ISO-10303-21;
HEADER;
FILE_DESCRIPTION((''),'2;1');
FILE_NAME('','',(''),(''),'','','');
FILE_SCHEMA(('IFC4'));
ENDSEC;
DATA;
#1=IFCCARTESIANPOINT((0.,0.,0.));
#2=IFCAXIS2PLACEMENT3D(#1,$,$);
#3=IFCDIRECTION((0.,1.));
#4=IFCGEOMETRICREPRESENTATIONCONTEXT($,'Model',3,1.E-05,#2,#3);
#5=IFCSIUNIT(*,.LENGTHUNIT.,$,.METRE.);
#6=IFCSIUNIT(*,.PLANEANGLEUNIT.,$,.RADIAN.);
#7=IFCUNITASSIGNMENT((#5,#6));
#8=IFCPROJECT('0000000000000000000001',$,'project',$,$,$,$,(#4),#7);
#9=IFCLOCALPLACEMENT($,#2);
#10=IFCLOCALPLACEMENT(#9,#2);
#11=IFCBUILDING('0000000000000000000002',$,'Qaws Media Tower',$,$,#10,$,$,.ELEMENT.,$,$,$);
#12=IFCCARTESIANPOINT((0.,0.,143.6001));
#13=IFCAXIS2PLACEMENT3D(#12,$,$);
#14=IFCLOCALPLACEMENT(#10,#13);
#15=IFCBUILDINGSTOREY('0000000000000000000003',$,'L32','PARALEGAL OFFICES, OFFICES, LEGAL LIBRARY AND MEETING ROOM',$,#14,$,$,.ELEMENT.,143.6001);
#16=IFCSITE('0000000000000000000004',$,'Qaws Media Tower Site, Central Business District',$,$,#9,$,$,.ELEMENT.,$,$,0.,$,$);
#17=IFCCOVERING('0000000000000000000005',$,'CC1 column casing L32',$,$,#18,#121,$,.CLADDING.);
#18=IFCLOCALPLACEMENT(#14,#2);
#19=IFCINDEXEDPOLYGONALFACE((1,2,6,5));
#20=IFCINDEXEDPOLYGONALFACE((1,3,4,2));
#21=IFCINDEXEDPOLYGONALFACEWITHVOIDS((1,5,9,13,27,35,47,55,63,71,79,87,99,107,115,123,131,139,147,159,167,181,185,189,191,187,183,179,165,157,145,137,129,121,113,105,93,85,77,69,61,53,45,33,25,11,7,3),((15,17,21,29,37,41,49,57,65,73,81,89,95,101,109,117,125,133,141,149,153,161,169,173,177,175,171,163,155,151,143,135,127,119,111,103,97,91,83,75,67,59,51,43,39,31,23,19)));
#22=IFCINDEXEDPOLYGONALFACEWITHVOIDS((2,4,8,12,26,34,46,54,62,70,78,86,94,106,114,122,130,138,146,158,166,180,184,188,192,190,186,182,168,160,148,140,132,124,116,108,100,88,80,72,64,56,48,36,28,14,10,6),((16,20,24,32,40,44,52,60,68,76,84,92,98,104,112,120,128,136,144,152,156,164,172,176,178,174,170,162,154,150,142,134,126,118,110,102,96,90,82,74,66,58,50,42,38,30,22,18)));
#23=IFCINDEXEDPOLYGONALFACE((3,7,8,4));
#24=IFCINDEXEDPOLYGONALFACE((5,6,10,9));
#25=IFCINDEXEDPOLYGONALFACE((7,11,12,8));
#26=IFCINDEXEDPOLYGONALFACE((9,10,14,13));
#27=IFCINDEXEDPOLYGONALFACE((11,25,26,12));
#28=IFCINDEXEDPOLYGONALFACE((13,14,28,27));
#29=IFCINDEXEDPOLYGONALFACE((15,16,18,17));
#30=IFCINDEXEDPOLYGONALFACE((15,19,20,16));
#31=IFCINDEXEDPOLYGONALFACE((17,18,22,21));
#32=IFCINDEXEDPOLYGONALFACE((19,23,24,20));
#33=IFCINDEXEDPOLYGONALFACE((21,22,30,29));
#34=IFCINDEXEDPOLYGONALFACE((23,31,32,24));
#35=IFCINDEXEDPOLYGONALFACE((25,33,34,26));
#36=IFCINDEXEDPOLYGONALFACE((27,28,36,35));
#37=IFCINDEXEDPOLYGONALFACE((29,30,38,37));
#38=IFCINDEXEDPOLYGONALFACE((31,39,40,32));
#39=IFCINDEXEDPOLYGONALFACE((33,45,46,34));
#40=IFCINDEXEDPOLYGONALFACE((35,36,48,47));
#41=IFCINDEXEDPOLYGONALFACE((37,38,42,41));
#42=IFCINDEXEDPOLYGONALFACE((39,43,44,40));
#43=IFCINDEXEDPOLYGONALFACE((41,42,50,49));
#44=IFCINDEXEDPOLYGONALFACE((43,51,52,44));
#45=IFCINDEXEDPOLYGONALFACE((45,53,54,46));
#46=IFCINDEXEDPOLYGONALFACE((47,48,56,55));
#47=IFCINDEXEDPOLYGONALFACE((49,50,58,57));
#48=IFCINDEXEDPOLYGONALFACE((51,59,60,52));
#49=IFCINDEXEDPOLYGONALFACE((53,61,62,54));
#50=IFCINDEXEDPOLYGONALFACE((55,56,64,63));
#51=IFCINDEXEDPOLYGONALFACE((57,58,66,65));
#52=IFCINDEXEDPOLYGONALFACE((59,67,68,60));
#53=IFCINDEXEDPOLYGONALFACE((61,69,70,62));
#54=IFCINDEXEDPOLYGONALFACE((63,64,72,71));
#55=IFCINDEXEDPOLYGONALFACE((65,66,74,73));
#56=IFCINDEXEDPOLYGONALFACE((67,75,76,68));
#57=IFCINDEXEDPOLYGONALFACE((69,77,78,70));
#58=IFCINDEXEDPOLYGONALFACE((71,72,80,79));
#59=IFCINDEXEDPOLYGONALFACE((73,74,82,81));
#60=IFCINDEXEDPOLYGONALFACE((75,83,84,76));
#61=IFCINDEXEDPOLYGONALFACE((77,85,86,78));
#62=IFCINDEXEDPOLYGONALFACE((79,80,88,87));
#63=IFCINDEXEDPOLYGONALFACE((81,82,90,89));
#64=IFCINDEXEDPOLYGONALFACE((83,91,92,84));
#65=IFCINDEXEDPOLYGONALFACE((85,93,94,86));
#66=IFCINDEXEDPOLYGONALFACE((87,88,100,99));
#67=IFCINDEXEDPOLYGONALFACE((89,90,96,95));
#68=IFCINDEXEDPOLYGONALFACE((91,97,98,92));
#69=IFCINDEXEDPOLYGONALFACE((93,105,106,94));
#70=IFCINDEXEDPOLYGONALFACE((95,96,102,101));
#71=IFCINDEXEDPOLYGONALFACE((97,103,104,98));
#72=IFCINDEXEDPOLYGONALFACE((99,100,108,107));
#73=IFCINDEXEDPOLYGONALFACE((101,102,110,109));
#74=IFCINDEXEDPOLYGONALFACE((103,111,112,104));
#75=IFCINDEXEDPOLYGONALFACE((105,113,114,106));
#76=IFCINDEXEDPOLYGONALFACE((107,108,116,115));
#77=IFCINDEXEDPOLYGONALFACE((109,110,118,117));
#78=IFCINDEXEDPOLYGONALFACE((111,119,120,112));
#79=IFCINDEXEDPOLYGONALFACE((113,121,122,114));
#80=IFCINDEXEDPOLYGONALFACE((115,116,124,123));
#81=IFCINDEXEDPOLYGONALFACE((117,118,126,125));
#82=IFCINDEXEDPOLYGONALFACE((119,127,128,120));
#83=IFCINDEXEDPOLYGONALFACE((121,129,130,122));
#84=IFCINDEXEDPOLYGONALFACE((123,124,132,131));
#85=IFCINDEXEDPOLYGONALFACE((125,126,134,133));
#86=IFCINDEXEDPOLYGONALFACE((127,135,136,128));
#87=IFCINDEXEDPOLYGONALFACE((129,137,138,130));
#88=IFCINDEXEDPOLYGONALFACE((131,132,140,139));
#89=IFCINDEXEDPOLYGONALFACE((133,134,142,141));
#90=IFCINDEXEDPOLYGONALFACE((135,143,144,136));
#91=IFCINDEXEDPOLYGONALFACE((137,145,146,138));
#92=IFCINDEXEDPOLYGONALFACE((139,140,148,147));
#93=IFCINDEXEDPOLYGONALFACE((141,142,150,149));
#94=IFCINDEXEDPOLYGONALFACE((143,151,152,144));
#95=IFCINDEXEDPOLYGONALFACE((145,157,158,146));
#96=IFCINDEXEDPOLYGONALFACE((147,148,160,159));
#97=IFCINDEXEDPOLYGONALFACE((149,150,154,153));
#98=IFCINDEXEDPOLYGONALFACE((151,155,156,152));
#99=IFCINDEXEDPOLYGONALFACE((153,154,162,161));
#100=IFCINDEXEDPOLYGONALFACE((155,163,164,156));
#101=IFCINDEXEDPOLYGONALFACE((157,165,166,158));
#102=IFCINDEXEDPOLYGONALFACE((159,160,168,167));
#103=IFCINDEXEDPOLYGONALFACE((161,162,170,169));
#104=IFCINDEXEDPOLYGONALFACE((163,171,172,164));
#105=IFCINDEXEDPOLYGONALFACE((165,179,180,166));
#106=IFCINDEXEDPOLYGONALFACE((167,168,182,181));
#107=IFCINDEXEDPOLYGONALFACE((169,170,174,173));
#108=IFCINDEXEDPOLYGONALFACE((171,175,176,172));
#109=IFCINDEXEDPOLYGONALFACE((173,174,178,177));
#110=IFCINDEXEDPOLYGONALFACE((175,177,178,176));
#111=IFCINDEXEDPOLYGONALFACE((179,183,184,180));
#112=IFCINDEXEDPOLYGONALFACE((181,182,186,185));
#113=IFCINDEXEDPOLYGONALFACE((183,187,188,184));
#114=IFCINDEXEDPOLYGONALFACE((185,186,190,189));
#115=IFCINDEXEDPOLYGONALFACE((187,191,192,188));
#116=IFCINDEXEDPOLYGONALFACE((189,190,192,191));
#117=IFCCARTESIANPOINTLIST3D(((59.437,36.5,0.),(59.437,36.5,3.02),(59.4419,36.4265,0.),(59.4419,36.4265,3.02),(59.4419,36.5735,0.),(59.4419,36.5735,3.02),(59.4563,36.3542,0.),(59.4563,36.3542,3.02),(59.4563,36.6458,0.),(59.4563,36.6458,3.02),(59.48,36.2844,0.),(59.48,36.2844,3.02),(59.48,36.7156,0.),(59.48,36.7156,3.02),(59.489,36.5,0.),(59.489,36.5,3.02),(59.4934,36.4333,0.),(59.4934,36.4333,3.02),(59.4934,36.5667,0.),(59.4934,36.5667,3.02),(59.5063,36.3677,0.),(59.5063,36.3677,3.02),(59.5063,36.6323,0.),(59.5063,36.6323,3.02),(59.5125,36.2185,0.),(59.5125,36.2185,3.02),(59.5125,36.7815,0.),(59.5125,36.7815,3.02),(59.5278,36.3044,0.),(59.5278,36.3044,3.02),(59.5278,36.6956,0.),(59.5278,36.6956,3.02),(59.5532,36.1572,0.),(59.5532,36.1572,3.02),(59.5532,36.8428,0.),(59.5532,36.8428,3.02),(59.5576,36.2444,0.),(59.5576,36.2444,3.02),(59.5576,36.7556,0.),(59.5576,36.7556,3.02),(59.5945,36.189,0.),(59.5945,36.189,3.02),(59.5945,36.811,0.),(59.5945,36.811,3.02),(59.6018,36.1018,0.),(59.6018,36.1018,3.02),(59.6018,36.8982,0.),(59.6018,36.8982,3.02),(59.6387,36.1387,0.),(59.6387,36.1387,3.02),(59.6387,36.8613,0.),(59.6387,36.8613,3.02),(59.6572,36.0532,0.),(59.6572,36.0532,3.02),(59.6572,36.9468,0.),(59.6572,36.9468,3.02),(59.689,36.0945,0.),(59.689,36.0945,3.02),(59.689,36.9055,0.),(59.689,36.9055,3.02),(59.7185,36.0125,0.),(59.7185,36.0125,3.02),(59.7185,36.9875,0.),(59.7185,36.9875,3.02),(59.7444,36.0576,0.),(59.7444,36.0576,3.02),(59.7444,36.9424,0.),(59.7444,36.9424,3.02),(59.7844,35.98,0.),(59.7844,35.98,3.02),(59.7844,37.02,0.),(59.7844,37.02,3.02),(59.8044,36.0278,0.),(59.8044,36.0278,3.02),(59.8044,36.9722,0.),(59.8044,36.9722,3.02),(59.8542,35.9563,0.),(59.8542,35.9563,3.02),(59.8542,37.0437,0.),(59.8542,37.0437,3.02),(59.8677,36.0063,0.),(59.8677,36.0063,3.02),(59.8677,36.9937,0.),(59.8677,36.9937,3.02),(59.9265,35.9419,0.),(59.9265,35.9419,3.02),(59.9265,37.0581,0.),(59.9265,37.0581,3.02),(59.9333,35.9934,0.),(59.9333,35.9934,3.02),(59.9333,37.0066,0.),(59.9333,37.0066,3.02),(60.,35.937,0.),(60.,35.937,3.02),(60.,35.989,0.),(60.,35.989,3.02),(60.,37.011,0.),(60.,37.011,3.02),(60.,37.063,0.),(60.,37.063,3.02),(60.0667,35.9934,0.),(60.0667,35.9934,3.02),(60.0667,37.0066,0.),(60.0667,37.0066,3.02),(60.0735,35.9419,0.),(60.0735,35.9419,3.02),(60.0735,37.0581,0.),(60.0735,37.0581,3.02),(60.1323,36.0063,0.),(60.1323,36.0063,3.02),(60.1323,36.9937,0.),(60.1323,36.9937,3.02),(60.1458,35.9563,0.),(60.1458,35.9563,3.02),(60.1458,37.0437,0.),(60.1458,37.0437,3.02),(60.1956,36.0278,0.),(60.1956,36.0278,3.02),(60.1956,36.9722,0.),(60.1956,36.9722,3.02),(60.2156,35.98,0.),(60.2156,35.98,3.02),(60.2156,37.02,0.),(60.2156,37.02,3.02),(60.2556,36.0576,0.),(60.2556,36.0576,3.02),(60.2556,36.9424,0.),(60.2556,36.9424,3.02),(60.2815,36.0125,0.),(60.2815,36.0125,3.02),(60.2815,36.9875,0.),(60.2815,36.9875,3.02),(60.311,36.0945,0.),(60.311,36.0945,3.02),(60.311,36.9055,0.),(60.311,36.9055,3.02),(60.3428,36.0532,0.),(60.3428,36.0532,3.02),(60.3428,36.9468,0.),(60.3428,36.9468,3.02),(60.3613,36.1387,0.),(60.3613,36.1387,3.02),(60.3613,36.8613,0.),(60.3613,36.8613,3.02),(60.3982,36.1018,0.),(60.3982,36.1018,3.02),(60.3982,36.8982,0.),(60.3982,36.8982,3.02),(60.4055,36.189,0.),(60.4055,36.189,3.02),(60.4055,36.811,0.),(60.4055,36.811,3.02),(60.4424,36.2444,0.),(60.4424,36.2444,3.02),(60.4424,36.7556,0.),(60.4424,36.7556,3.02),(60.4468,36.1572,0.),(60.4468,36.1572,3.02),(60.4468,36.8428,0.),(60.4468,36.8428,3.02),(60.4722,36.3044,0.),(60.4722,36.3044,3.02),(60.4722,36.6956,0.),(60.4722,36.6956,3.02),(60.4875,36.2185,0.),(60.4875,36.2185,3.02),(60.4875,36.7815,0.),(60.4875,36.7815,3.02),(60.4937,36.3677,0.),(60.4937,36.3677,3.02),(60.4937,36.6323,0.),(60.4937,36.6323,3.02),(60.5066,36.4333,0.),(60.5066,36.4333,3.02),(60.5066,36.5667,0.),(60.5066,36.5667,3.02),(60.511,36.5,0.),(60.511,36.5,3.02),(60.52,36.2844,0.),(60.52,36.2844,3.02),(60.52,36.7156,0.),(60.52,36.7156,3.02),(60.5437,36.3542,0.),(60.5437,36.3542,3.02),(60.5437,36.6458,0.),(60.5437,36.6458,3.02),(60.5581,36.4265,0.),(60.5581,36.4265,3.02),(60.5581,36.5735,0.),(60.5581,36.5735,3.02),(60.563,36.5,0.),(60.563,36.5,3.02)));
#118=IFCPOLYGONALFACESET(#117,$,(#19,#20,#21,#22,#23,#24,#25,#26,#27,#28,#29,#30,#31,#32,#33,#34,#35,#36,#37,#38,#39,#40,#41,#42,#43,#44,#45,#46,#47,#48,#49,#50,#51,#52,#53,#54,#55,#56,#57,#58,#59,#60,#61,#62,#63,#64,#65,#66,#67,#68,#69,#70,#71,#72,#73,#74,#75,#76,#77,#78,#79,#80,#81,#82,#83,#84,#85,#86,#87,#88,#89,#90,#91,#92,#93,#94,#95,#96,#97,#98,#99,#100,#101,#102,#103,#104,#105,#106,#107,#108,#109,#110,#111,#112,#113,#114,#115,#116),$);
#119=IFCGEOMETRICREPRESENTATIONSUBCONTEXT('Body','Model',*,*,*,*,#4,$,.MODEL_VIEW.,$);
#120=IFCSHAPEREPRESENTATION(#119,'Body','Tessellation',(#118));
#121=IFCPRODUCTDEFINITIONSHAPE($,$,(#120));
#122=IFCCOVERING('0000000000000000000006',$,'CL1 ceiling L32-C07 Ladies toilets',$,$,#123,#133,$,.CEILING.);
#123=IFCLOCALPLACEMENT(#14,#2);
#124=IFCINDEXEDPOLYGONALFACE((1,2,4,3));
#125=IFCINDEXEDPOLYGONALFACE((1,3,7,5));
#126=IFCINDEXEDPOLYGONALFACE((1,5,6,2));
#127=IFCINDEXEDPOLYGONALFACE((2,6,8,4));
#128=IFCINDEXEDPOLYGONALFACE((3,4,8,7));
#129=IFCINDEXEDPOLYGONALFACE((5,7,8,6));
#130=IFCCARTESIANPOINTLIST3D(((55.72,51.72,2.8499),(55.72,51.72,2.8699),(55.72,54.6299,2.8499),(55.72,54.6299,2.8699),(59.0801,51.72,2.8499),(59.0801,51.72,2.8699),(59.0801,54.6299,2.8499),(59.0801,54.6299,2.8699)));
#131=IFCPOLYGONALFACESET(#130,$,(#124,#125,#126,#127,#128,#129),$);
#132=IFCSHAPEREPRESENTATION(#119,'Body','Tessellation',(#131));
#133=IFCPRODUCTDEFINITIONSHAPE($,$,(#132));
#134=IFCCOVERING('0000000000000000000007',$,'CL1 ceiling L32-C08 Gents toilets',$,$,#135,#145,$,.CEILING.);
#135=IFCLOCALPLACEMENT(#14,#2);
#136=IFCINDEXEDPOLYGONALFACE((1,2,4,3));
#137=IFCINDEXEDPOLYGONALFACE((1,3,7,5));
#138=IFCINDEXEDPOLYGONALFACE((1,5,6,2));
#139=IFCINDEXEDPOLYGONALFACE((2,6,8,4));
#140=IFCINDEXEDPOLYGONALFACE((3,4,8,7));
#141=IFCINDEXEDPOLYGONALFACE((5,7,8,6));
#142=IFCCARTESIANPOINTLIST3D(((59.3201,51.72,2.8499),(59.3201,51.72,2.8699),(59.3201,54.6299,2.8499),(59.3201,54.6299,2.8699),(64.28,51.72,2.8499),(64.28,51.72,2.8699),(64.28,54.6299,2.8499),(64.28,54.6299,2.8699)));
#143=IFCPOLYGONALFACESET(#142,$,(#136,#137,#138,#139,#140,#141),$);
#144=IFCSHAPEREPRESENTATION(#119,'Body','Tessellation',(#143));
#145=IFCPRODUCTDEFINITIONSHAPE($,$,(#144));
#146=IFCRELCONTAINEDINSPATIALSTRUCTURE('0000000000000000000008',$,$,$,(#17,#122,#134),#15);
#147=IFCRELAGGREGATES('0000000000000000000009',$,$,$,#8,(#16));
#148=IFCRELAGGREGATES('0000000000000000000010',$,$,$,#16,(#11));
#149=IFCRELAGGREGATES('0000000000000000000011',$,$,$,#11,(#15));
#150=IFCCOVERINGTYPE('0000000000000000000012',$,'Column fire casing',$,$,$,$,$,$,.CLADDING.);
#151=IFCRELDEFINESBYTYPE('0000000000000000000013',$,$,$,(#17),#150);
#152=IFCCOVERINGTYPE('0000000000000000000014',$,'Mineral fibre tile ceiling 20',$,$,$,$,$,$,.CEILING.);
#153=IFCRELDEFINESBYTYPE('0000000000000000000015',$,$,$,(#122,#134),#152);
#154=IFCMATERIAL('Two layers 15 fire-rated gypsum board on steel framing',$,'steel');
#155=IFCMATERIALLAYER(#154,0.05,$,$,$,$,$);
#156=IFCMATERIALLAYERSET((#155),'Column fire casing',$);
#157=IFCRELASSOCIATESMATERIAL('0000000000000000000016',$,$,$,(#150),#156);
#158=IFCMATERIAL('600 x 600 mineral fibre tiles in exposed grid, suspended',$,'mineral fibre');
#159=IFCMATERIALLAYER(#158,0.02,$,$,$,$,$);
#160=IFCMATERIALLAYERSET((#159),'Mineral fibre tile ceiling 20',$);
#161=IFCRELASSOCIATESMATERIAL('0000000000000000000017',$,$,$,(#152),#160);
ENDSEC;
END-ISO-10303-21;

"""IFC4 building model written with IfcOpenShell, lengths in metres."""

from ifc_helpers import new_model, si_unit, direction, frame, origin, place, context, subcontext, project, spatial, polyline, outline, extrude, material, layer, layer_set, type_object, element, save


model = new_model("IFC4")

# Units and contexts
model_context = context("Model", 3, precision=1e-05, world=origin(), true_north=direction((0.0, 1.0)))
body_context = subcontext(model_context, "Body", "Model", "MODEL_VIEW")
ifc_project = project(units=[si_unit("LENGTHUNIT", "METRE"), si_unit("PLANEANGLEUNIT", "RADIAN")], contexts=[model_context])

# Site, building, storey
site_placement = place(None, origin())
site = spatial("IfcSite", under=ifc_project, at=site_placement, Name="Qaws Media Tower Site, Central Business District", CompositionType="ELEMENT", RefElevation=0.0)
building_placement = place(site_placement, origin())
building = spatial("IfcBuilding", under=site, at=building_placement, Name="Qaws Media Tower", CompositionType="ELEMENT")
storey_placement = place(building_placement, frame((0.0, 0.0, 143.6001)))
storey = spatial("IfcBuildingStorey", under=building, at=storey_placement, Name="L32", Description="PARALEGAL OFFICES, OFFICES, LEGAL LIBRARY AND MEETING ROOM", CompositionType="ELEMENT", Elevation=143.6001)

# Coverings
ifc_material_1 = material(Name="Two layers 15 fire-rated gypsum board on steel framing", Category="steel")
ifc_layer_1 = layer(ifc_material_1, 0.05)
ifc_layer_set_1 = layer_set([ifc_layer_1], Name="Column fire casing")
covering_type_1 = type_object("IfcCoveringType", Name="Column fire casing", PredefinedType="CLADDING", material=ifc_layer_set_1)
covering_1_placement = place(storey_placement, origin())
element("IfcCovering", 1, at=covering_1_placement, inside=storey, type_object=covering_type_1, Name="CC1 column casing L32", PredefinedType="CLADDING", context=body_context, shape_type="SweptSolid", body=[
    extrude(outline(polyline([(60.563, 36.5), (60.5581, 36.4265), (60.5437, 36.3542), (60.52, 36.2844), (60.4875, 36.2185), (60.4468, 36.1572), (60.3982, 36.1018), (60.3428, 36.0532), (60.2815, 36.0125), (60.2156, 35.98), (60.1458, 35.9563), (60.0735, 35.9419), (60.0, 35.937), (59.9265, 35.9419), (59.8542, 35.9563), (59.7844, 35.98), (59.7185, 36.0125), (59.6572, 36.0532), (59.6018, 36.1018), (59.5532, 36.1572), (59.5125, 36.2185), (59.48, 36.2844), (59.4563, 36.3542), (59.4419, 36.4265), (59.437, 36.5), (59.4419, 36.5735), (59.4563, 36.6458), (59.48, 36.7156), (59.5125, 36.7815), (59.5532, 36.8428), (59.6018, 36.8982), (59.6572, 36.9468), (59.7185, 36.9875), (59.7844, 37.02), (59.8542, 37.0437), (59.9265, 37.0581), (60.0, 37.063), (60.0735, 37.0581), (60.1458, 37.0437), (60.2156, 37.02), (60.2815, 36.9875), (60.3428, 36.9468), (60.3982, 36.8982), (60.4468, 36.8428), (60.4875, 36.7815), (60.52, 36.7156), (60.5437, 36.6458), (60.5581, 36.5735), (60.563, 36.5)]), holes=[polyline([(60.511, 36.5), (60.5066, 36.4333), (60.4937, 36.3677), (60.4722, 36.3044), (60.4424, 36.2444), (60.4055, 36.189), (60.3613, 36.1387), (60.311, 36.0945), (60.2556, 36.0576), (60.1956, 36.0278), (60.1323, 36.0063), (60.0667, 35.9934), (60.0, 35.989), (59.9333, 35.9934), (59.8677, 36.0063), (59.8044, 36.0278), (59.7444, 36.0576), (59.689, 36.0945), (59.6387, 36.1387), (59.5945, 36.189), (59.5576, 36.2444), (59.5278, 36.3044), (59.5063, 36.3677), (59.4934, 36.4333), (59.489, 36.5), (59.4934, 36.5667), (59.5063, 36.6323), (59.5278, 36.6956), (59.5576, 36.7556), (59.5945, 36.811), (59.6387, 36.8613), (59.689, 36.9055), (59.7444, 36.9424), (59.8044, 36.9722), (59.8677, 36.9937), (59.9333, 37.0066), (60.0, 37.011), (60.0667, 37.0066), (60.1323, 36.9937), (60.1956, 36.9722), (60.2556, 36.9424), (60.311, 36.9055), (60.3613, 36.8613), (60.4055, 36.811), (60.4424, 36.7556), (60.4722, 36.6956), (60.4937, 36.6323), (60.5066, 36.5667), (60.511, 36.5)])]), origin(), (0.0, 0.0, 1.0), 3.02),
])
ifc_material_2 = material(Name="600 x 600 mineral fibre tiles in exposed grid, suspended", Category="mineral fibre")
ifc_layer_2 = layer(ifc_material_2, 0.02)
ifc_layer_set_2 = layer_set([ifc_layer_2], Name="Mineral fibre tile ceiling 20")
covering_type_2 = type_object("IfcCoveringType", Name="Mineral fibre tile ceiling 20", PredefinedType="CEILING", material=ifc_layer_set_2)
covering_2_placement = place(storey_placement, frame((0.0, 0.0, 2.8499)))
element("IfcCovering", 2, at=covering_2_placement, inside=storey, type_object=covering_type_2, Name="CL1 ceiling L32-C07 Ladies toilets", PredefinedType="CEILING", context=body_context, shape_type="SweptSolid", body=[
    extrude(outline(polyline([(55.72, 51.72), (55.72, 54.6299), (59.0801, 54.6299), (59.0801, 51.72), (55.72, 51.72)])), origin(), (0.0, 0.0, 1.0), 0.02),
])
covering_3_placement = place(storey_placement, frame((0.0, 0.0, 2.8499)))
element("IfcCovering", 3, at=covering_3_placement, inside=storey, type_object=covering_type_2, Name="CL1 ceiling L32-C08 Gents toilets", PredefinedType="CEILING", context=body_context, shape_type="SweptSolid", body=[
    extrude(outline(polyline([(59.3201, 51.72), (59.3201, 54.6299), (64.28, 54.6299), (64.28, 51.72), (59.3201, 51.72)])), origin(), (0.0, 0.0, 1.0), 0.02),
])

save(model, "model.ifc")
